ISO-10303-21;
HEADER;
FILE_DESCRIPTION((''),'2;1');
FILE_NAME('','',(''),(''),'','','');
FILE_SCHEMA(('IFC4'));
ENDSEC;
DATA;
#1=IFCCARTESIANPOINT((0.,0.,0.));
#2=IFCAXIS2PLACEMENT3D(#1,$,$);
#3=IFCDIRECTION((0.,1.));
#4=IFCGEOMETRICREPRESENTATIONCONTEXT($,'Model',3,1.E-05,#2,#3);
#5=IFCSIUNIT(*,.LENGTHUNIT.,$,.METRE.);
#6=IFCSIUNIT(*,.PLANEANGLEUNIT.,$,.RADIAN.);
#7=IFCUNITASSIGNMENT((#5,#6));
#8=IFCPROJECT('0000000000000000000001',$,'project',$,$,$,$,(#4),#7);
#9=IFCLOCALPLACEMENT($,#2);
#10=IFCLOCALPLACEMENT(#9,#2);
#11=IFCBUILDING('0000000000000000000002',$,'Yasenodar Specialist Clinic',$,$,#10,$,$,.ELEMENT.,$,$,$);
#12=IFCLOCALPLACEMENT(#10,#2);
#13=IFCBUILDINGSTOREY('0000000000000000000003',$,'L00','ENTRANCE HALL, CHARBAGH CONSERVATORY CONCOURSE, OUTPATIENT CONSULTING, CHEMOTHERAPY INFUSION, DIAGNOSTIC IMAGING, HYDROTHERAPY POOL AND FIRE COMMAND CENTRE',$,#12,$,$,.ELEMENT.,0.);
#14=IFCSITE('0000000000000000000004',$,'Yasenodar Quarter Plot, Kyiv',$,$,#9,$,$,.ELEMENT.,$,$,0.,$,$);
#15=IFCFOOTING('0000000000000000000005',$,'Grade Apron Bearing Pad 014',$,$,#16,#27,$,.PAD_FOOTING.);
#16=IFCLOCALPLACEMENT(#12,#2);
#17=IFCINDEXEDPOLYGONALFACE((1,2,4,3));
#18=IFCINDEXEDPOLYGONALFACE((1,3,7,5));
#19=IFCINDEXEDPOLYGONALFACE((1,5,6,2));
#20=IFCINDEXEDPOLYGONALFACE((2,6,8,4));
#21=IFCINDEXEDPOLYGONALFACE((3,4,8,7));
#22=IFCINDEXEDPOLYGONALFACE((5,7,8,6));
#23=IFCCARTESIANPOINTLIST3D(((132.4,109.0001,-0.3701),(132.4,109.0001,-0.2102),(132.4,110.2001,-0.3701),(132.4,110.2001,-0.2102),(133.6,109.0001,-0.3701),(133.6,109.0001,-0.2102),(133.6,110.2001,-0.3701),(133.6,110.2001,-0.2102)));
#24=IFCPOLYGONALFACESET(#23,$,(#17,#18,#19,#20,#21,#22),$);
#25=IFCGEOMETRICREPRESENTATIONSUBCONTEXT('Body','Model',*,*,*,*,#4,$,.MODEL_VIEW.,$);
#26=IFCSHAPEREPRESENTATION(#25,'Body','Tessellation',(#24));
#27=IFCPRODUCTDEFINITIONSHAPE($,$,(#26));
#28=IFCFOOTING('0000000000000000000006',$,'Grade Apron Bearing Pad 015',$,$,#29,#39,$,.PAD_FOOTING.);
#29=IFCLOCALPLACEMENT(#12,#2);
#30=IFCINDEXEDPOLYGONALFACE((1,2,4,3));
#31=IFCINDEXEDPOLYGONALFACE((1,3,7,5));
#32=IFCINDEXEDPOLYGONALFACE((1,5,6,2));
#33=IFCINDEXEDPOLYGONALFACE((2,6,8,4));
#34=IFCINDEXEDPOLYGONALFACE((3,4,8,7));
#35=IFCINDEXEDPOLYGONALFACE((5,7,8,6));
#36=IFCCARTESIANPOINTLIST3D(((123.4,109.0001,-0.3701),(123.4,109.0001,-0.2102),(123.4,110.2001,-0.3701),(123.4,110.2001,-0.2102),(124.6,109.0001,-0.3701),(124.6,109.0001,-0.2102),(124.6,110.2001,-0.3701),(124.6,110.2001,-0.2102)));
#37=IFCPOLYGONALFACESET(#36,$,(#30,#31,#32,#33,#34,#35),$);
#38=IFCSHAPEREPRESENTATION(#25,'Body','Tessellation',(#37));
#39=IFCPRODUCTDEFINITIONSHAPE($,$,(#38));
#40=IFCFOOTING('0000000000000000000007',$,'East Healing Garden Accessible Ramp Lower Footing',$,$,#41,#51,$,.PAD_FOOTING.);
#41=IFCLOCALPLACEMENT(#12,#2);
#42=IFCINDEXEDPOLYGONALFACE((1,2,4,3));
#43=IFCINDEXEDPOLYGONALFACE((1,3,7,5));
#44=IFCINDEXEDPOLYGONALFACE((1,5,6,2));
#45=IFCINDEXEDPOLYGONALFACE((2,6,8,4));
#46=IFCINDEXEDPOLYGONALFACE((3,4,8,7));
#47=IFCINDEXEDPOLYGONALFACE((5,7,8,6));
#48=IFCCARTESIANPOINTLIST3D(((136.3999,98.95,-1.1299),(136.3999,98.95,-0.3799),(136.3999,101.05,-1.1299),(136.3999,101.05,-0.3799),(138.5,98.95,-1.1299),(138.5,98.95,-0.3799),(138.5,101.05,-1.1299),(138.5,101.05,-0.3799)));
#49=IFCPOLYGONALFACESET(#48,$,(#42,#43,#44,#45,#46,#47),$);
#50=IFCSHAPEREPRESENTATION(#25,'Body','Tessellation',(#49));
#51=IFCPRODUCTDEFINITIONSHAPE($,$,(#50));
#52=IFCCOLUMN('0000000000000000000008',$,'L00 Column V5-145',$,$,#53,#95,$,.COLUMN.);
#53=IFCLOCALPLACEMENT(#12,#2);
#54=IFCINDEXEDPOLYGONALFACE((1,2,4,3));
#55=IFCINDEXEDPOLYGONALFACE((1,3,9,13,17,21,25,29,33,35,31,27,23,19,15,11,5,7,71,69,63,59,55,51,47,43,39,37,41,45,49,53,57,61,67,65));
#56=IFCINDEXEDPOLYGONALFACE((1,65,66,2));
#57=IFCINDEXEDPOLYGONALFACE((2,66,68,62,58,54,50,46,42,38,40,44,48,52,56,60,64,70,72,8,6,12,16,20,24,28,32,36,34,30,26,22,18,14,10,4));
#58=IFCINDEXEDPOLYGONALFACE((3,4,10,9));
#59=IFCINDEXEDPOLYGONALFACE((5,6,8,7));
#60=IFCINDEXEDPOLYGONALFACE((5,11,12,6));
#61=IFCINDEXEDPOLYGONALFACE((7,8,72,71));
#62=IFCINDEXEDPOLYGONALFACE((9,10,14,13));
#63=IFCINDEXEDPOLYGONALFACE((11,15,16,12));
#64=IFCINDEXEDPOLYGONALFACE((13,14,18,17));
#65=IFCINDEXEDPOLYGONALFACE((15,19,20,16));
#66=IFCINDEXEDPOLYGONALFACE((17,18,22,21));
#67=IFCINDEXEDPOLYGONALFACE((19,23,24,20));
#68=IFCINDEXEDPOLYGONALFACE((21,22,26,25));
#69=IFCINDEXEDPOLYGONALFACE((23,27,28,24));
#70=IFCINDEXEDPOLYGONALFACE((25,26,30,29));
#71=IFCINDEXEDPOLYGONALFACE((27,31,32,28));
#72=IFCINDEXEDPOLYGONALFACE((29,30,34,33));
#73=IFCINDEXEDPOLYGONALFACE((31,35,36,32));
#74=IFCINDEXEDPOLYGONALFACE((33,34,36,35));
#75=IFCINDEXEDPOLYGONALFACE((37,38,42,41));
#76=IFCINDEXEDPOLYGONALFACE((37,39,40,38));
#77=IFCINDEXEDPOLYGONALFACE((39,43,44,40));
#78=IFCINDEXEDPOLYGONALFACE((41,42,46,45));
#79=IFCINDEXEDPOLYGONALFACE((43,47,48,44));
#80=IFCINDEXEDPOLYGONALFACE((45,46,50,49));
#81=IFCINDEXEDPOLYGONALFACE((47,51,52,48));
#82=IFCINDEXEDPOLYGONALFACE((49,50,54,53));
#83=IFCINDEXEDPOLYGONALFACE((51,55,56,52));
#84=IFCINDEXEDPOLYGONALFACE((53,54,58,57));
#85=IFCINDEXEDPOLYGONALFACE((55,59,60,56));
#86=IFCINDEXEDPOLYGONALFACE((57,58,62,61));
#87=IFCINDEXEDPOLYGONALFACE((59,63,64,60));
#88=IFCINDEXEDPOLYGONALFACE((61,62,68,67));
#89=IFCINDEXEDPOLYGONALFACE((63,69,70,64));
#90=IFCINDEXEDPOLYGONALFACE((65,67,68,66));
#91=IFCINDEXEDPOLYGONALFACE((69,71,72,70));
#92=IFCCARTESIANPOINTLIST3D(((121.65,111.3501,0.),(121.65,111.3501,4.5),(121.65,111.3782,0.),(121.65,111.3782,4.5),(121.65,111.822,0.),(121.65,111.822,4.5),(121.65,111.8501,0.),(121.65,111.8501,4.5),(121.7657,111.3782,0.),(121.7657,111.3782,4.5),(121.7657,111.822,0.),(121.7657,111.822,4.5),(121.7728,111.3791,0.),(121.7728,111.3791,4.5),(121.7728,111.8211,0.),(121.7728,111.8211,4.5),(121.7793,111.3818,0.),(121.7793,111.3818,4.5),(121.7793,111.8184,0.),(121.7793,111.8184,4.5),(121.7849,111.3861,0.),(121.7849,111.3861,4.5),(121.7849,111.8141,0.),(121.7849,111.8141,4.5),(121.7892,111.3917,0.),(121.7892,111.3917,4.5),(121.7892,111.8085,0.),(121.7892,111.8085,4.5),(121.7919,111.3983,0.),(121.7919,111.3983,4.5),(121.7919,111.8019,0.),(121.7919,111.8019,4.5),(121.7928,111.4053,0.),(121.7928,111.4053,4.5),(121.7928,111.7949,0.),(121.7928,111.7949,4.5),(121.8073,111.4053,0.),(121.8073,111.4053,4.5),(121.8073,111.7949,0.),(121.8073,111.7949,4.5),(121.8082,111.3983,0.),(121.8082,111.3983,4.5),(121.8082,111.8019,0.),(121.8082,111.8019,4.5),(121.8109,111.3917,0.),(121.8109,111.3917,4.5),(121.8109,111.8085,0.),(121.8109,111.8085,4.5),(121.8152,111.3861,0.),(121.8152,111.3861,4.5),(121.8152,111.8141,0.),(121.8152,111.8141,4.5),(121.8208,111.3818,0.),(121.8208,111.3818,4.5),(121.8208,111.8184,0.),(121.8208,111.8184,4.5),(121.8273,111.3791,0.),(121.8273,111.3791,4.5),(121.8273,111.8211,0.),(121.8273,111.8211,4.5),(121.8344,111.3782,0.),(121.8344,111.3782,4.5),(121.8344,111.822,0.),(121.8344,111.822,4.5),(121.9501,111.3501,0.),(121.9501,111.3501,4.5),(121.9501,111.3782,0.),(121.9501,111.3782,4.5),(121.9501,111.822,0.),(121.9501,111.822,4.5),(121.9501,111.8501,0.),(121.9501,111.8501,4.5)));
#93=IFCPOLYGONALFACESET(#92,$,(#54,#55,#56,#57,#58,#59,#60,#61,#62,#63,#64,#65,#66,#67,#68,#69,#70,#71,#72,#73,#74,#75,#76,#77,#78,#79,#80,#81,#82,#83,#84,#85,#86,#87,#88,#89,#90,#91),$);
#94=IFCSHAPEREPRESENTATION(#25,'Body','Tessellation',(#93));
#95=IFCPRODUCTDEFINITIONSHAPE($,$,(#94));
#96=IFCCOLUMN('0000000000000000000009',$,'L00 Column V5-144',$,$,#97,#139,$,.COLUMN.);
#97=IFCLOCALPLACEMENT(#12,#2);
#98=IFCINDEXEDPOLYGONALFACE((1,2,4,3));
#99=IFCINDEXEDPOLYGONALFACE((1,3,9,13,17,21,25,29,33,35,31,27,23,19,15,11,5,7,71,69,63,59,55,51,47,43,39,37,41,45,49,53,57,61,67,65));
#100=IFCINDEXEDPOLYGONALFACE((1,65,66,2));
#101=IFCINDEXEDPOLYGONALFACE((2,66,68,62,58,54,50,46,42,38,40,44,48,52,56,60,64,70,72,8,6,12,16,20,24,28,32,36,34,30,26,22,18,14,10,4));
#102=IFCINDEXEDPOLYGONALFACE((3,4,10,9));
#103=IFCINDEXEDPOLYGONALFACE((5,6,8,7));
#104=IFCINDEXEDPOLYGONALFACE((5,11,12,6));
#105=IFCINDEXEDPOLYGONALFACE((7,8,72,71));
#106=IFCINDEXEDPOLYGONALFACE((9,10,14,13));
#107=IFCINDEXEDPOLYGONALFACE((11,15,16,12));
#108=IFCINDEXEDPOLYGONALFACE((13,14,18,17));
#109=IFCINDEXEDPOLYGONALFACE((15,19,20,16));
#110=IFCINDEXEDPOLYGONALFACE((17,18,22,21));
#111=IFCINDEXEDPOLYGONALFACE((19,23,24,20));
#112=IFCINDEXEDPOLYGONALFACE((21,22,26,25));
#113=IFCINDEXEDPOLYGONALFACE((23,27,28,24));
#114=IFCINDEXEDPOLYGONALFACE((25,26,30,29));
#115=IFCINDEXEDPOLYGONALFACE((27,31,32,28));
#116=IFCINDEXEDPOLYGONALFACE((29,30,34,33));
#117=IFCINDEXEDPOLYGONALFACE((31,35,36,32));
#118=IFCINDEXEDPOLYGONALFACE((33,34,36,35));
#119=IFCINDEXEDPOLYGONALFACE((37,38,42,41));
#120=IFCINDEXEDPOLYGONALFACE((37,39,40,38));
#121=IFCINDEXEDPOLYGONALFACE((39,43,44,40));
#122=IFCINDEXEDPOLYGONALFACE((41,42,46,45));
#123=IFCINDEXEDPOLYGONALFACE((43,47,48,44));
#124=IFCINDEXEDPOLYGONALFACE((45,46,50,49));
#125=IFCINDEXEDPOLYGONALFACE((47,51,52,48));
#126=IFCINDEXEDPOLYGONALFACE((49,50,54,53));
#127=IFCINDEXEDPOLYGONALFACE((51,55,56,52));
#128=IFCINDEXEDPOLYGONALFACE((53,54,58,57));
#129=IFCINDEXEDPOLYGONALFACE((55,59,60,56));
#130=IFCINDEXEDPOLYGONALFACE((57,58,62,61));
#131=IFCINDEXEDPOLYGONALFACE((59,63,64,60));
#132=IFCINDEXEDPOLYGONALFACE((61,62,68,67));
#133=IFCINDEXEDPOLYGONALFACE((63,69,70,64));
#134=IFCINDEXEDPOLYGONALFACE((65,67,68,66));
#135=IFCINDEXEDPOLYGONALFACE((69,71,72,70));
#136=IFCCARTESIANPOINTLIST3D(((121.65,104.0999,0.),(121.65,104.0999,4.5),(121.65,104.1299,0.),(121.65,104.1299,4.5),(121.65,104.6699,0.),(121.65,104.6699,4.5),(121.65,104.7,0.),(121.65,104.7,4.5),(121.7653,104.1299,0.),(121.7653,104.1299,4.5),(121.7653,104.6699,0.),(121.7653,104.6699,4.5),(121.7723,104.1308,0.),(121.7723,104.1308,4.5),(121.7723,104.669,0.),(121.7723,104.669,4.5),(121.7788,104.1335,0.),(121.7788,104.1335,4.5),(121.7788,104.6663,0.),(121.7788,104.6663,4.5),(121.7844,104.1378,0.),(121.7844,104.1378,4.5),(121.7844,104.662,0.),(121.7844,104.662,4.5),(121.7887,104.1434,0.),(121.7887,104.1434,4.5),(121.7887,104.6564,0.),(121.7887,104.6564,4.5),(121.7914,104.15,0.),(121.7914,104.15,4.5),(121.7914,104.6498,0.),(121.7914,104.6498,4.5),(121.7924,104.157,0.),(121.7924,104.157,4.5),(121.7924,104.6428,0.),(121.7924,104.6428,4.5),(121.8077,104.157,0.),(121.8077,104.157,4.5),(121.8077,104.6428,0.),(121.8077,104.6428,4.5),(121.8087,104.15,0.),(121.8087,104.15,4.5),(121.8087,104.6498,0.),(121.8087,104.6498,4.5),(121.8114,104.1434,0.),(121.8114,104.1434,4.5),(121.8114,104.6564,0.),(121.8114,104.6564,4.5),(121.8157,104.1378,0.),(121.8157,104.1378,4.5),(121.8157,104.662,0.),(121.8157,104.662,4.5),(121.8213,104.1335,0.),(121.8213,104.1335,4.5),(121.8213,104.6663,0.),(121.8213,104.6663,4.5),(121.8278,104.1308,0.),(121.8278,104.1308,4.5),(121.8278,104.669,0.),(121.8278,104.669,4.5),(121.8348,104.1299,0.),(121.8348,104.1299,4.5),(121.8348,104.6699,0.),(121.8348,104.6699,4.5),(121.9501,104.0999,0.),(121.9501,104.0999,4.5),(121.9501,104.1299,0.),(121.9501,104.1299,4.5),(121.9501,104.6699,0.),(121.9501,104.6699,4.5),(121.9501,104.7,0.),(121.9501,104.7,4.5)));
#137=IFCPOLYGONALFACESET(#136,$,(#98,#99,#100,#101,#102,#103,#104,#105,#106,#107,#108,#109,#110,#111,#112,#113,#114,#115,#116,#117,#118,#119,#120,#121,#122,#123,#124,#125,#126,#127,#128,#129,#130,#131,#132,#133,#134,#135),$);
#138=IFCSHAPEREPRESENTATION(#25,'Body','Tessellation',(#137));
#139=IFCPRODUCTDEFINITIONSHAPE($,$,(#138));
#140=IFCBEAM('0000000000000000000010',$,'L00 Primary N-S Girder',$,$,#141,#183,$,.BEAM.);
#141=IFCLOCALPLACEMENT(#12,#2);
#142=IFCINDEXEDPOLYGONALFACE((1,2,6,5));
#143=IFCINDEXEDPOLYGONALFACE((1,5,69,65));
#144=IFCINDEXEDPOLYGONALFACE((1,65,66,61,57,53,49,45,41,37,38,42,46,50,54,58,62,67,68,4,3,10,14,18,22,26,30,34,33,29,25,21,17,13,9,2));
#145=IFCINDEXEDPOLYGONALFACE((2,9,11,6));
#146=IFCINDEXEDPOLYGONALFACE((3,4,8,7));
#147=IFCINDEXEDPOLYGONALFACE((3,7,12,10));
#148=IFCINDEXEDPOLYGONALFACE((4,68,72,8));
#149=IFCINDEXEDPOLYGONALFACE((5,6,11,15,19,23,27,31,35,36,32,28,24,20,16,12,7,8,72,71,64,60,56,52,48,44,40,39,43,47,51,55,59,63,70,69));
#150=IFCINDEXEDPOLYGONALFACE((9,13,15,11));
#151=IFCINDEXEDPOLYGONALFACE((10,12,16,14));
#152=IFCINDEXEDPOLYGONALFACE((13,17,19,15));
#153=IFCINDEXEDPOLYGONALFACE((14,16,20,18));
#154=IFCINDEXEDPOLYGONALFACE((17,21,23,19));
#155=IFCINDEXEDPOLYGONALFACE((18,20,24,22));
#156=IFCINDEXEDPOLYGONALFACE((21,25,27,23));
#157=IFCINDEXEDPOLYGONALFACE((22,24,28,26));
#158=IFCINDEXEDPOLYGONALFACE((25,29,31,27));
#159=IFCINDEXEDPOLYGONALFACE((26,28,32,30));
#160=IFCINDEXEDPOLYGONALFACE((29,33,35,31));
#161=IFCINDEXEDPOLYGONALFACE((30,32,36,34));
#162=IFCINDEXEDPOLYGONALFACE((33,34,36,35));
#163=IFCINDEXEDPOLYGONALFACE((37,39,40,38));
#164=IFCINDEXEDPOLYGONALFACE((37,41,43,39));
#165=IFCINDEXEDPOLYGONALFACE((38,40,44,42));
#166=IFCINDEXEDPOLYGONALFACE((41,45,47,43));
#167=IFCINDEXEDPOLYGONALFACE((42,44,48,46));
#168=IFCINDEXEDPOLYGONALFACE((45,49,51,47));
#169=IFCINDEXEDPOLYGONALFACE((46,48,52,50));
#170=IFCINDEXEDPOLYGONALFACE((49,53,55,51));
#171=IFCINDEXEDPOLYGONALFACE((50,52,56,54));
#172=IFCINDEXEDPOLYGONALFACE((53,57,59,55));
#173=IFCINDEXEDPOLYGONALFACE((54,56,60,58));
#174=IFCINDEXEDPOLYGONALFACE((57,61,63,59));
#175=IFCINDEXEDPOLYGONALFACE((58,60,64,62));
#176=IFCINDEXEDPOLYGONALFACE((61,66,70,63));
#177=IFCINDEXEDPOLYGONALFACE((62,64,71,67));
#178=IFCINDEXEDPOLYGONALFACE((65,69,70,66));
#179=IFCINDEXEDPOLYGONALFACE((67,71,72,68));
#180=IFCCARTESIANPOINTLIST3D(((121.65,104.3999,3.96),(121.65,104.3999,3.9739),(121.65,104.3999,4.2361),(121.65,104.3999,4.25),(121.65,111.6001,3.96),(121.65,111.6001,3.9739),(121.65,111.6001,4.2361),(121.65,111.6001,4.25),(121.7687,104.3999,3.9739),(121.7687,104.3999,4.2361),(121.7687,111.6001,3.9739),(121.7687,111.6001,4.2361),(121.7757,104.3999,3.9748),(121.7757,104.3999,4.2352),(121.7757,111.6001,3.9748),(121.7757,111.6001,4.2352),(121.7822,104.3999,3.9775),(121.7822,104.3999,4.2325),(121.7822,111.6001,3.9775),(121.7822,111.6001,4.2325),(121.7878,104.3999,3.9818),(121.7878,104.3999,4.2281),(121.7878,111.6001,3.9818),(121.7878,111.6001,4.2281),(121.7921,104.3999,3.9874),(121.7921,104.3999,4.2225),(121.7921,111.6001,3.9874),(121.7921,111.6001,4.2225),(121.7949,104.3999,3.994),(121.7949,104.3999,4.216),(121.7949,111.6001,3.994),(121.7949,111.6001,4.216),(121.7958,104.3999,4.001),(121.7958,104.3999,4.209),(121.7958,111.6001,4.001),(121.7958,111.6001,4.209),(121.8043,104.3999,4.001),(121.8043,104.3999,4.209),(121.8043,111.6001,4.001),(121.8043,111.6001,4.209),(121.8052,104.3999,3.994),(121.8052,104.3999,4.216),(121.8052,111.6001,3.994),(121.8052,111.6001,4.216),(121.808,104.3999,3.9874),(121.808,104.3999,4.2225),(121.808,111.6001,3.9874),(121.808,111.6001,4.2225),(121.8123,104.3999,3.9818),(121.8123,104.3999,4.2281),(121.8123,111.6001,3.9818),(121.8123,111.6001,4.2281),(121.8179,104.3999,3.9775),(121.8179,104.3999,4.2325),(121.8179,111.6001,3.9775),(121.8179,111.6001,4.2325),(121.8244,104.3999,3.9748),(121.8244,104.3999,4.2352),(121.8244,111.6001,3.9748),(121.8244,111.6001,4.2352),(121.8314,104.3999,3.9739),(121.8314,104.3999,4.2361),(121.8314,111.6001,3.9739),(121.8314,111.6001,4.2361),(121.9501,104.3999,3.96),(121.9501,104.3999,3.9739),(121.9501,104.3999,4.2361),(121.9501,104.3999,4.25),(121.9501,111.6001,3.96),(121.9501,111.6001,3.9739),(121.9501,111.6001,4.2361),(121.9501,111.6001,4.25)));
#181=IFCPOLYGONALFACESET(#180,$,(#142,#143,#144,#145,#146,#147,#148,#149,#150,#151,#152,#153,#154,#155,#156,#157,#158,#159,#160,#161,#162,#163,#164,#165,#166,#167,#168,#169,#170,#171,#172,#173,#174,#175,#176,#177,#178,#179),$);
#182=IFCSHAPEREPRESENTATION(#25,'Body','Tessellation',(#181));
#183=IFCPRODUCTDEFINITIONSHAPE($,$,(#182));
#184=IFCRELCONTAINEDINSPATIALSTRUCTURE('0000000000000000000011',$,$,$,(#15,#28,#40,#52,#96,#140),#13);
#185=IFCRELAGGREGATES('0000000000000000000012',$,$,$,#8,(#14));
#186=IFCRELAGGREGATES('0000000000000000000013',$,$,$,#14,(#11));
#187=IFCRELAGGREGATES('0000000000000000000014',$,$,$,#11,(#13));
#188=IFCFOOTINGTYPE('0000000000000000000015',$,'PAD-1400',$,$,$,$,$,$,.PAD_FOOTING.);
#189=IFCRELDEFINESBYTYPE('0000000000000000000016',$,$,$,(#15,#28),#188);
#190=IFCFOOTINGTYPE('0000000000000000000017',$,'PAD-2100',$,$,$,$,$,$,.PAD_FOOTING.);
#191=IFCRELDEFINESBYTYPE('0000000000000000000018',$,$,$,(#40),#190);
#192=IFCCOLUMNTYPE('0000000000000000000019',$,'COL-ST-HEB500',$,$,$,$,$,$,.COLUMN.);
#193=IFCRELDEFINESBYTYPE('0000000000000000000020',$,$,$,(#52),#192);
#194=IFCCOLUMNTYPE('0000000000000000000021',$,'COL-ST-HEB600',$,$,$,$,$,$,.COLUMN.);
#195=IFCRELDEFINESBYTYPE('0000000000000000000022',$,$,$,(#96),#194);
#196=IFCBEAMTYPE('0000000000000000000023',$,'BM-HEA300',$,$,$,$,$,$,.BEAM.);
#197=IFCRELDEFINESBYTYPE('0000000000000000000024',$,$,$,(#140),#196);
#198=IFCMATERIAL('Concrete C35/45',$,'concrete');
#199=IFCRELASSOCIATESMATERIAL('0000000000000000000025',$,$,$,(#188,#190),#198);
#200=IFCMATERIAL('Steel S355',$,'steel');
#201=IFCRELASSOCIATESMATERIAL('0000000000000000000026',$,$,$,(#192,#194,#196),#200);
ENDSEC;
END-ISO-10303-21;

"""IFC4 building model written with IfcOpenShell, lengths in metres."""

from ifc_helpers import new_model, si_unit, direction, frame, origin, origin_2d, place, context, subcontext, project, spatial, rectangle, i_section, extrude, material, material_profile, profile_set, type_object, element, save


model = new_model("IFC4")

# Units and contexts
model_context = context("Model", 3, precision=1e-05, world=origin(), true_north=direction((0.0, 1.0)))
body_context = subcontext(model_context, "Body", "Model", "MODEL_VIEW")
ifc_project = project(units=[si_unit("LENGTHUNIT", "METRE"), si_unit("PLANEANGLEUNIT", "RADIAN")], contexts=[model_context])

# Site, building, storey
site_placement = place(None, origin())
site = spatial("IfcSite", under=ifc_project, at=site_placement, Name="Yasenodar Quarter Plot, Kyiv", CompositionType="ELEMENT", RefElevation=0.0)
building_placement = place(site_placement, origin())
building = spatial("IfcBuilding", under=site, at=building_placement, Name="Yasenodar Specialist Clinic", CompositionType="ELEMENT")
storey_placement = place(building_placement, origin())
storey = spatial("IfcBuildingStorey", under=building, at=storey_placement, Name="L00", Description="ENTRANCE HALL, CHARBAGH CONSERVATORY CONCOURSE, OUTPATIENT CONSULTING, CHEMOTHERAPY INFUSION, DIAGNOSTIC IMAGING, HYDROTHERAPY POOL AND FIRE COMMAND CENTRE", CompositionType="ELEMENT", Elevation=0.0)

# Footings
ifc_material_1 = material(Name="Concrete C35/45", Category="concrete")
footing_type_1 = type_object("IfcFootingType", Name="PAD-1400", PredefinedType="PAD_FOOTING", material=ifc_material_1)
for number, where, z_axis, x_axis, name in (
    (1, (133.0, 109.6001, -0.3701), (0.0, 0.0, 1.0), (1.0, 0.0, 0.0), "Grade Apron Bearing Pad 014"),
    (2, (124.0, 109.6001, -0.3701), (0.0, 0.0, 1.0), (1.0, 0.0, 0.0), "Grade Apron Bearing Pad 015"),
):
    element("IfcFooting", number, at=place(storey_placement, frame(where, z_axis=z_axis, x_axis=x_axis)), inside=storey, type_object=footing_type_1, Name=name, PredefinedType="PAD_FOOTING", context=body_context, shape_type="SweptSolid", body=[
        extrude(rectangle(XDim=1.2, YDim=1.2, at=origin_2d()), origin(), (0.0, 0.0, 1.0), 0.1599),
    ])
footing_type_2 = type_object("IfcFootingType", Name="PAD-2100", PredefinedType="PAD_FOOTING", material=ifc_material_1)
footing_placement = place(storey_placement, frame((137.45, 100.0, -1.1299), z_axis=(0.0, 0.0, 1.0), x_axis=(1.0, 0.0, 0.0)))
element("IfcFooting", 3, at=footing_placement, inside=storey, type_object=footing_type_2, Name="East Healing Garden Accessible Ramp Lower Footing", PredefinedType="PAD_FOOTING", context=body_context, shape_type="SweptSolid", body=[
    extrude(rectangle(XDim=2.1001, YDim=2.1001, at=origin_2d()), origin(), (0.0, 0.0, 1.0), 0.75),
])

# Columns
ifc_material_2 = material(Name="Steel S355", Category="steel")
ifc_material_profile_1 = material_profile(ifc_material_2, i_section(OverallWidth=0.3, OverallDepth=0.5, WebThickness=0.0144, FlangeThickness=0.0281, FilletRadius=0.0271, at=origin_2d()), Name="HEB 500")
ifc_profile_set_1 = profile_set([ifc_material_profile_1], Name="Steel S355")
column_type_1 = type_object("IfcColumnType", Name="COL-ST-HEB500", PredefinedType="COLUMN", material=ifc_profile_set_1)
column_1_placement = place(storey_placement, frame((121.8, 111.6001, 0.0), z_axis=(0.0, 0.0, 1.0), x_axis=(1.0, 0.0, 0.0)))
element("IfcColumn", 4, at=column_1_placement, inside=storey, type_object=column_type_1, Name="L00 Column V5-145", PredefinedType="COLUMN", context=body_context, shape_type="SweptSolid", body=[
    extrude(i_section(OverallWidth=0.3, OverallDepth=0.5, WebThickness=0.0144, FlangeThickness=0.0281, FilletRadius=0.0271, at=origin_2d()), origin(), (0.0, 0.0, 1.0), 4.5),
])
ifc_material_profile_2 = material_profile(ifc_material_2, i_section(OverallWidth=0.3, OverallDepth=0.6001, WebThickness=0.0154, FlangeThickness=0.03, FilletRadius=0.0271, at=origin_2d()), Name="HEB 600")
ifc_profile_set_2 = profile_set([ifc_material_profile_2], Name="Steel S355")
column_type_2 = type_object("IfcColumnType", Name="COL-ST-HEB600", PredefinedType="COLUMN", material=ifc_profile_set_2)
column_2_placement = place(storey_placement, frame((121.8, 104.3999, 0.0), z_axis=(0.0, 0.0, 1.0), x_axis=(1.0, 0.0, 0.0)))
element("IfcColumn", 5, at=column_2_placement, inside=storey, type_object=column_type_2, Name="L00 Column V5-144", PredefinedType="COLUMN", context=body_context, shape_type="SweptSolid", body=[
    extrude(i_section(OverallWidth=0.3, OverallDepth=0.6001, WebThickness=0.0154, FlangeThickness=0.03, FilletRadius=0.0271, at=origin_2d()), origin(), (0.0, 0.0, 1.0), 4.5),
])

# Beam
ifc_material_profile_3 = material_profile(ifc_material_2, i_section(OverallWidth=0.3, OverallDepth=0.29, WebThickness=0.0085, FlangeThickness=0.0139, FilletRadius=0.0271, at=origin_2d()), Name="HEA 300")
ifc_profile_set_3 = profile_set([ifc_material_profile_3], Name="Steel S355")
beam_type_1 = type_object("IfcBeamType", Name="BM-HEA300", PredefinedType="BEAM", material=ifc_profile_set_3)
beam_1_placement = place(storey_placement, frame((121.8, 104.3999, 4.105), z_axis=(0.0, 1.0, 0.0), x_axis=(-1.0, 0.0, 0.0)))
element("IfcBeam", 6, at=beam_1_placement, inside=storey, type_object=beam_type_1, Name="L00 Primary N-S Girder", PredefinedType="BEAM", context=body_context, shape_type="SweptSolid", body=[
    extrude(i_section(OverallWidth=0.3, OverallDepth=0.29, WebThickness=0.0085, FlangeThickness=0.0139, FilletRadius=0.0271, at=origin_2d()), origin(), (0.0, 0.0, 1.0), 7.2002),
])

save(model, "model.ifc")
